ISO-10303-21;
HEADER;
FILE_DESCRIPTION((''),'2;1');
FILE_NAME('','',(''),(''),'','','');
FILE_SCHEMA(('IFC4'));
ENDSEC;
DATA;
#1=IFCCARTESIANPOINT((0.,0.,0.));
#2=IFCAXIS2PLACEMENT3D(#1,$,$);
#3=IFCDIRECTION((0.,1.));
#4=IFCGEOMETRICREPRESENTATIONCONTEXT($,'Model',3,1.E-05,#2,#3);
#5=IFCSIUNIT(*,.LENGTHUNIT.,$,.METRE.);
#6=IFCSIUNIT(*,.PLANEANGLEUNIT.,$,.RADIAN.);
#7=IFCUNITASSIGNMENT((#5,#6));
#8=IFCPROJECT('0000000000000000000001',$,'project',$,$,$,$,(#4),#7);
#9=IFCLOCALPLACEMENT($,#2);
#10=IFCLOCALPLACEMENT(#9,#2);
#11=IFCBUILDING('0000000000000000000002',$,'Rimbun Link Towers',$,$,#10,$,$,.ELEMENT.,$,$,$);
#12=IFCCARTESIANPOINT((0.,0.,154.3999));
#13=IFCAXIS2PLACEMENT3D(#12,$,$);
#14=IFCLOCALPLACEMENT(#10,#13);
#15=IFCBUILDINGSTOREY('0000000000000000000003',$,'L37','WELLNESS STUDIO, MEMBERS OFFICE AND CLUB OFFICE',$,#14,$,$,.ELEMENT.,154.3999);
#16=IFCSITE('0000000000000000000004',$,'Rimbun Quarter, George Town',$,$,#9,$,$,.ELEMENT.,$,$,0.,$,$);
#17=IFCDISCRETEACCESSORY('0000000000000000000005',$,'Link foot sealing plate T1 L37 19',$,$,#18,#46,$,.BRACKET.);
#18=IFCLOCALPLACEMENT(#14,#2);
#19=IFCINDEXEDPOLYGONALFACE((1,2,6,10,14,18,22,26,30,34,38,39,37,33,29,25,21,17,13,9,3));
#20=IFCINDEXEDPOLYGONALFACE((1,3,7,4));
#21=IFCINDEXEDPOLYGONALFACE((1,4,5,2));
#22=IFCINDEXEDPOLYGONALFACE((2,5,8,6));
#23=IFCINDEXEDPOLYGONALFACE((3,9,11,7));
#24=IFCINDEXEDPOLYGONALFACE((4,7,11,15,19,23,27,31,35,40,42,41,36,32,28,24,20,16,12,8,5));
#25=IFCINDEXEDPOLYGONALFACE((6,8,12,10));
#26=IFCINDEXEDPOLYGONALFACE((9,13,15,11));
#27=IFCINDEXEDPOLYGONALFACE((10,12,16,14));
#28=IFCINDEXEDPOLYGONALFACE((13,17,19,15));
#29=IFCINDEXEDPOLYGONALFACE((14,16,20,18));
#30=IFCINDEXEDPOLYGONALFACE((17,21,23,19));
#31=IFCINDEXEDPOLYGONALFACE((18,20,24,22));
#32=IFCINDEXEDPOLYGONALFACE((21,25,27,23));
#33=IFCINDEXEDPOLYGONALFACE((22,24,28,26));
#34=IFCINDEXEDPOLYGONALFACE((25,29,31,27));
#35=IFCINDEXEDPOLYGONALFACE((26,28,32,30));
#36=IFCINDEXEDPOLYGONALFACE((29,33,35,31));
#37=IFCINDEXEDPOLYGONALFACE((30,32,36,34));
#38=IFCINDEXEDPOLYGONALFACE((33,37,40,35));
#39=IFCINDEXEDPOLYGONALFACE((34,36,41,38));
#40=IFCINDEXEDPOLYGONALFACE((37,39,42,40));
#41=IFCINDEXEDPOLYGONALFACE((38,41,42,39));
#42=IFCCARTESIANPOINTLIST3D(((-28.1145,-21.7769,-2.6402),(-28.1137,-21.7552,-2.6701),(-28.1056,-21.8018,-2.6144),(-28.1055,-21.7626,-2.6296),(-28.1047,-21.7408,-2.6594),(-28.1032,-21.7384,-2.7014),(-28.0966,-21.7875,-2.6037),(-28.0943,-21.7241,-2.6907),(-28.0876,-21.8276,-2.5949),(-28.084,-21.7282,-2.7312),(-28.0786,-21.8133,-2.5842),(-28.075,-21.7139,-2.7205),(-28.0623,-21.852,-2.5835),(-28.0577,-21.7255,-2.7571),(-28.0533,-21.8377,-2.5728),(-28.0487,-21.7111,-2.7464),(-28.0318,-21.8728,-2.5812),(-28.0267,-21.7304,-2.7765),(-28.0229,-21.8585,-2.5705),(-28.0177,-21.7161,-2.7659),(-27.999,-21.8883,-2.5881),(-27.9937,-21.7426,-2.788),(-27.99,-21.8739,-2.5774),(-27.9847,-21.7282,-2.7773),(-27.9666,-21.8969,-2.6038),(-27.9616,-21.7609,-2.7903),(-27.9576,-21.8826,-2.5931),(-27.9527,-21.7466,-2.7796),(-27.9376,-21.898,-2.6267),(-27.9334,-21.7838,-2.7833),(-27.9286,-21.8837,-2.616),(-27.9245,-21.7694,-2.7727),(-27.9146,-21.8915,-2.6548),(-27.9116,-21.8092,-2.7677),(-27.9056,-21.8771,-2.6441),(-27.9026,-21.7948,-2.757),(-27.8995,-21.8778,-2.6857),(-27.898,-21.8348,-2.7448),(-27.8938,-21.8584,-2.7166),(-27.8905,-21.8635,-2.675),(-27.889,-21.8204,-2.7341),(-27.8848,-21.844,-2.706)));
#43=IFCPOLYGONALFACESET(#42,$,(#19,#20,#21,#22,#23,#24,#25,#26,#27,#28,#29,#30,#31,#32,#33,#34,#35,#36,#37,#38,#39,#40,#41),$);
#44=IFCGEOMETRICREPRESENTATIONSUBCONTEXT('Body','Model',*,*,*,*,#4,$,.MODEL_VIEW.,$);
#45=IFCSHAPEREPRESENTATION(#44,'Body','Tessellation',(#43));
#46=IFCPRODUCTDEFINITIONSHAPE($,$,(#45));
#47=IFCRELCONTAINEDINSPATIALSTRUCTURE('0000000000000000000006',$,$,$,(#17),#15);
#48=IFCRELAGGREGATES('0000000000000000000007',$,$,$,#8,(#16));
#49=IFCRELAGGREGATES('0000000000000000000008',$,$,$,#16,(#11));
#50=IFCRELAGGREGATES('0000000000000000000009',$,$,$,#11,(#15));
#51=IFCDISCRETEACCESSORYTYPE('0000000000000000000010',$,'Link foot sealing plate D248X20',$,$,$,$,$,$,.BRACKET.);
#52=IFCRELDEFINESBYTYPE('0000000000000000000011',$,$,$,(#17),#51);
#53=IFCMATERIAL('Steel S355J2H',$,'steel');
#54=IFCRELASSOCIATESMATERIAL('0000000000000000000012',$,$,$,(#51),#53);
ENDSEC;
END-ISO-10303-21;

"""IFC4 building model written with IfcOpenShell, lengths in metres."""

from ifc_helpers import new_model, si_unit, direction, frame, origin, origin_2d, place, context, subcontext, project, spatial, circle, extrude, material, material_profile, profile_set, type_object, element, save


model = new_model("IFC4")

# Units and contexts
model_context = context("Model", 3, precision=1e-05, world=origin(), true_north=direction((0.0, 1.0)))
body_context = subcontext(model_context, "Body", "Model", "MODEL_VIEW")
ifc_project = project(units=[si_unit("LENGTHUNIT", "METRE"), si_unit("PLANEANGLEUNIT", "RADIAN")], contexts=[model_context])

# Site, building, storey
site_placement = place(None, origin())
site = spatial("IfcSite", under=ifc_project, at=site_placement, Name="Rimbun Quarter, George Town", CompositionType="ELEMENT", RefElevation=0.0)
building_placement = place(site_placement, origin())
building = spatial("IfcBuilding", under=site, at=building_placement, Name="Rimbun Link Towers", CompositionType="ELEMENT")
storey_placement = place(building_placement, frame((0.0, 0.0, 154.3999)))
storey = spatial("IfcBuildingStorey", under=building, at=storey_placement, Name="L37", Description="WELLNESS STUDIO, MEMBERS OFFICE AND CLUB OFFICE", CompositionType="ELEMENT", Elevation=154.3999)

# Discrete accessory
ifc_material_1 = material(Name="Steel S355J2H", Category="steel")
ifc_material_profile_1 = material_profile(ifc_material_1, circle(Radius=0.124, at=origin_2d()), Name="PL D248")
ifc_profile_set_1 = profile_set([ifc_material_profile_1], Name="Steel S355J2H")
discrete_accessory_type = type_object("IfcDiscreteAccessoryType", Name="Link foot sealing plate D248X20", PredefinedType="BRACKET", material=ifc_profile_set_1)
for number, where, z_axis, x_axis, name in (
    (1, (-27.9956, -21.7976, -2.675), (-0.449154, -0.716218, -0.534128), (0.847191, -0.531289, 0.0), "Link foot sealing plate T1 L37 19"),
):
    element("IfcDiscreteAccessory", number, at=place(storey_placement, frame(where, z_axis=z_axis, x_axis=x_axis)), inside=storey, type_object=discrete_accessory_type, Name=name, PredefinedType="BRACKET", context=body_context, shape_type="SweptSolid", body=[
        extrude(circle(Radius=0.124, at=origin_2d()), origin(), (0.0, 0.0, 1.0), 0.02),
    ])

save(model, "model.ifc")
